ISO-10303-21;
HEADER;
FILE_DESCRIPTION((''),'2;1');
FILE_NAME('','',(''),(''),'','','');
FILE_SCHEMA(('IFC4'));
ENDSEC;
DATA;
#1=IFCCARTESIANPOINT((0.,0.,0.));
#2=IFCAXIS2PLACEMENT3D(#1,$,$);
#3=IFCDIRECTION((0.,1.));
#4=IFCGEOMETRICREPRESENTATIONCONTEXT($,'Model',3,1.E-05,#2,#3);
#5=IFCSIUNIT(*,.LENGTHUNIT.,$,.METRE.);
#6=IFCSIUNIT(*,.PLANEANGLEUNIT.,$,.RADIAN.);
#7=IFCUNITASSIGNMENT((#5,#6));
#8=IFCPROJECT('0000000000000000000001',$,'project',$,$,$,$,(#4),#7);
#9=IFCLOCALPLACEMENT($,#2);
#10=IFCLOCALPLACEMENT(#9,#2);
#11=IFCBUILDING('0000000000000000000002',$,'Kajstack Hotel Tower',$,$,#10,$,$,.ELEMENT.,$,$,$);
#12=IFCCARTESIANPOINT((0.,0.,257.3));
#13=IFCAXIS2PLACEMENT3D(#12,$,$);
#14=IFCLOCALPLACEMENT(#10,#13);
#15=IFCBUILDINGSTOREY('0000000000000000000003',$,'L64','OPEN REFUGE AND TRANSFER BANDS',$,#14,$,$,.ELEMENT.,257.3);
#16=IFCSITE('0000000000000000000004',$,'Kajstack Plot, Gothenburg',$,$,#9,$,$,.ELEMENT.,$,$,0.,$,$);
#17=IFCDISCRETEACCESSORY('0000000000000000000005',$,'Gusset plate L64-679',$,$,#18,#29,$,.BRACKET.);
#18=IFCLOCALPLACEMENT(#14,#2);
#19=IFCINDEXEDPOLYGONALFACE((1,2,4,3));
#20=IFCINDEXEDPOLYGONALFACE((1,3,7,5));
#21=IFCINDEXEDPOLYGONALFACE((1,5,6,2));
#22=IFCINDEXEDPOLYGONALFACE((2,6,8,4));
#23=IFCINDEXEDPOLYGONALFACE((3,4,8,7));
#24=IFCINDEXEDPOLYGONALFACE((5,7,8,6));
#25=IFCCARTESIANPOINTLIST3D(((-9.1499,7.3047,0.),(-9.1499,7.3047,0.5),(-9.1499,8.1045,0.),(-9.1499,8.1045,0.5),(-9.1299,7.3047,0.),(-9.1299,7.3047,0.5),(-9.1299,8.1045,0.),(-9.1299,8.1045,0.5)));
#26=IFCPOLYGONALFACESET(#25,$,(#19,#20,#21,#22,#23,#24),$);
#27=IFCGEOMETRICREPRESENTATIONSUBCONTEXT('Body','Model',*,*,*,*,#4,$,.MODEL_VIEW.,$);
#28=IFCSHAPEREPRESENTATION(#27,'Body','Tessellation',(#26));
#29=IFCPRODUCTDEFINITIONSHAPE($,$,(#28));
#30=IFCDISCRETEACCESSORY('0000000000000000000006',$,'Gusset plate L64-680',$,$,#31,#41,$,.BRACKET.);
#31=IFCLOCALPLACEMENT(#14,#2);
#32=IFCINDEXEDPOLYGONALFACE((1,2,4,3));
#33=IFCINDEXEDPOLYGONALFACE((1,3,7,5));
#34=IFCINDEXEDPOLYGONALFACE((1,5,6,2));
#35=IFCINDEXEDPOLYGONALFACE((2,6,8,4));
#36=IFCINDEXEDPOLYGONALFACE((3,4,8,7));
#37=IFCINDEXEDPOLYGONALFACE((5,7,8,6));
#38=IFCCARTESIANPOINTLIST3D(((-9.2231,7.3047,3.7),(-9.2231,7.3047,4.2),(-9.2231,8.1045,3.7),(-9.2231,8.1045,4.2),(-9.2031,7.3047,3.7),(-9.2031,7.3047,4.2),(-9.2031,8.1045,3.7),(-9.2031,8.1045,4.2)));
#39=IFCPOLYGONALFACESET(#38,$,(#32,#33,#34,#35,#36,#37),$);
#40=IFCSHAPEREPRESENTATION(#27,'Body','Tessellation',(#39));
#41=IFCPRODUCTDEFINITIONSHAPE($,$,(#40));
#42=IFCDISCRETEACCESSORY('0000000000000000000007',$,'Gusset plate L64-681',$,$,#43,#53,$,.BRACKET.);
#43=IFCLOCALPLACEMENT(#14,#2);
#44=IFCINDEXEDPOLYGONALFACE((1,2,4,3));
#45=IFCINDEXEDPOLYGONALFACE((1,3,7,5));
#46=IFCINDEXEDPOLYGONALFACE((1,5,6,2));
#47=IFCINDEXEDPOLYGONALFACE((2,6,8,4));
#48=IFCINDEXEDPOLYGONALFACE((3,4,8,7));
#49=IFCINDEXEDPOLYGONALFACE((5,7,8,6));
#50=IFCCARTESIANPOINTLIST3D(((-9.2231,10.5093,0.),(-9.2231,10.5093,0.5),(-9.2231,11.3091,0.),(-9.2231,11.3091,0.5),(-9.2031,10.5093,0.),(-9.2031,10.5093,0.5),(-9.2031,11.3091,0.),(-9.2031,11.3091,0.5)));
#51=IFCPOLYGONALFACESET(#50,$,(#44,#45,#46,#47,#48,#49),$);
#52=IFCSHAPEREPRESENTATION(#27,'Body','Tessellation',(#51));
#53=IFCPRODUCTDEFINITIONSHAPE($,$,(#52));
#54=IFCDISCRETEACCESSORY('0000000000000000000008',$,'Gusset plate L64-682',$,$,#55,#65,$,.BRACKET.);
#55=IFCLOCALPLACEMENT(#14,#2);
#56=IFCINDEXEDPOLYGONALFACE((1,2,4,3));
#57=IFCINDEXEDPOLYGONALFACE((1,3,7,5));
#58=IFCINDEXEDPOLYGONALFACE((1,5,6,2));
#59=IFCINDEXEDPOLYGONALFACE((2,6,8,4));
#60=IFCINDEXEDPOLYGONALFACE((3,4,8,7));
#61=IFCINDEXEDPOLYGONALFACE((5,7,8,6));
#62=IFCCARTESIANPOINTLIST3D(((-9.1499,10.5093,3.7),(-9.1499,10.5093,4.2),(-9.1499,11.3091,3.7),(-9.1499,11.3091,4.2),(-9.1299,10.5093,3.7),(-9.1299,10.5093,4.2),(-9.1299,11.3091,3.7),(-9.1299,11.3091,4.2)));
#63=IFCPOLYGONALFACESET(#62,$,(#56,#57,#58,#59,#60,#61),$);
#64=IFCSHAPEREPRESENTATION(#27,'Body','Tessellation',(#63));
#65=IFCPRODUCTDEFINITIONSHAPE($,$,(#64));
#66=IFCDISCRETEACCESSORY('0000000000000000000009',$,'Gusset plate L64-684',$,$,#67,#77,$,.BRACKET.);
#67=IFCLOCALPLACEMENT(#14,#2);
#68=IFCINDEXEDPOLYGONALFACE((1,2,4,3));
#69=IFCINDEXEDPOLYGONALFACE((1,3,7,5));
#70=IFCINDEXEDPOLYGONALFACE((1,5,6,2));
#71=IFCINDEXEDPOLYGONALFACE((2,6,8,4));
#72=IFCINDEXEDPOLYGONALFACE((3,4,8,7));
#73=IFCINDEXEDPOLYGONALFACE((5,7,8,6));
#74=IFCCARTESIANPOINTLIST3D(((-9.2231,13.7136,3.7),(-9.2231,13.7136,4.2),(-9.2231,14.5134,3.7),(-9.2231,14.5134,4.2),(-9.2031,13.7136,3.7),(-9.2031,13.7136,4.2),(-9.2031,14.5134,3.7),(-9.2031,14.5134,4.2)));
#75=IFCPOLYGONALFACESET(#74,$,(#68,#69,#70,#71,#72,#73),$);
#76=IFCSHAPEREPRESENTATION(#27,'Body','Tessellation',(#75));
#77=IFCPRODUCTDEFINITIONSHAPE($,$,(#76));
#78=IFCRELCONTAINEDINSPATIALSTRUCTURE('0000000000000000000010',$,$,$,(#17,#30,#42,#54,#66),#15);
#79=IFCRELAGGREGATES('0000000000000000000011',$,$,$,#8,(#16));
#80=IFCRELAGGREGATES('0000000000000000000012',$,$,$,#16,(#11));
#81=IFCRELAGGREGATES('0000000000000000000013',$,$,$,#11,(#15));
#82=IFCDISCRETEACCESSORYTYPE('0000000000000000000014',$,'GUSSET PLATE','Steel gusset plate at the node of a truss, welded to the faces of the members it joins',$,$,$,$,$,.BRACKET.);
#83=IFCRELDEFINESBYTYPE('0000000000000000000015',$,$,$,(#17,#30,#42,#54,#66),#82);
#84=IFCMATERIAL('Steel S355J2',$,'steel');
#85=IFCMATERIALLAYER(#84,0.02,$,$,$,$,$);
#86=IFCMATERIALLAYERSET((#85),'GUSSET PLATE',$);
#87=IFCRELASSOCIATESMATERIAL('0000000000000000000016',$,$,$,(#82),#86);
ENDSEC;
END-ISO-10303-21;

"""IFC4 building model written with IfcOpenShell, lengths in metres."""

from ifc_helpers import new_model, si_unit, direction, frame, origin, place, context, subcontext, project, spatial, polyline, outline, extrude, material, layer, layer_set, type_object, element, save


model = new_model("IFC4")

# Units and contexts
model_context = context("Model", 3, precision=1e-05, world=origin(), true_north=direction((0.0, 1.0)))
body_context = subcontext(model_context, "Body", "Model", "MODEL_VIEW")
ifc_project = project(units=[si_unit("LENGTHUNIT", "METRE"), si_unit("PLANEANGLEUNIT", "RADIAN")], contexts=[model_context])

# Site, building, storey
site_placement = place(None, origin())
site = spatial("IfcSite", under=ifc_project, at=site_placement, Name="Kajstack Plot, Gothenburg", CompositionType="ELEMENT", RefElevation=0.0)
building_placement = place(site_placement, origin())
building = spatial("IfcBuilding", under=site, at=building_placement, Name="Kajstack Hotel Tower", CompositionType="ELEMENT")
storey_placement = place(building_placement, frame((0.0, 0.0, 257.3)))
storey = spatial("IfcBuildingStorey", under=building, at=storey_placement, Name="L64", Description="OPEN REFUGE AND TRANSFER BANDS", CompositionType="ELEMENT", Elevation=257.3)

# Shared definitions
ifc_material = material(Name="Steel S355J2", Category="steel")

# Discrete accessories
ifc_layer = layer(ifc_material, 0.02)
ifc_layer_set = layer_set([ifc_layer], Name="GUSSET PLATE")
discrete_accessory_type = type_object("IfcDiscreteAccessoryType", Name="GUSSET PLATE", Description="Steel gusset plate at the node of a truss, welded to the faces of the members it joins", PredefinedType="BRACKET", material=ifc_layer_set)
for number, where, z_axis, x_axis, name in (
    (1, (-9.1499, 7.7046, 0.0), (1.0, 0.0, 0.0), (0.0, 1.0, 0.0), "Gusset plate L64-679"),
    (2, (-9.2231, 7.7046, 3.7), (1.0, 0.0, 0.0), (0.0, 1.0, 0.0), "Gusset plate L64-680"),
    (3, (-9.2231, 10.9092, 0.0), (1.0, 0.0, 0.0), (0.0, 1.0, 0.0), "Gusset plate L64-681"),
    (4, (-9.1499, 10.9092, 3.7), (1.0, 0.0, 0.0), (0.0, 1.0, 0.0), "Gusset plate L64-682"),
    (5, (-9.2231, 14.1135, 3.7), (1.0, 0.0, 0.0), (0.0, 1.0, 0.0), "Gusset plate L64-684"),
):
    element("IfcDiscreteAccessory", number, at=place(storey_placement, frame(where, z_axis=z_axis, x_axis=x_axis)), inside=storey, type_object=discrete_accessory_type, Name=name, PredefinedType="BRACKET", context=body_context, shape_type="SweptSolid", body=[
        extrude(outline(polyline([(-0.3999, 0.0), (0.3999, 0.0), (0.3999, 0.5), (-0.3999, 0.5), (-0.3999, 0.0)])), origin(), (0.0, 0.0, 1.0), 0.02),
    ])

save(model, "model.ifc")
